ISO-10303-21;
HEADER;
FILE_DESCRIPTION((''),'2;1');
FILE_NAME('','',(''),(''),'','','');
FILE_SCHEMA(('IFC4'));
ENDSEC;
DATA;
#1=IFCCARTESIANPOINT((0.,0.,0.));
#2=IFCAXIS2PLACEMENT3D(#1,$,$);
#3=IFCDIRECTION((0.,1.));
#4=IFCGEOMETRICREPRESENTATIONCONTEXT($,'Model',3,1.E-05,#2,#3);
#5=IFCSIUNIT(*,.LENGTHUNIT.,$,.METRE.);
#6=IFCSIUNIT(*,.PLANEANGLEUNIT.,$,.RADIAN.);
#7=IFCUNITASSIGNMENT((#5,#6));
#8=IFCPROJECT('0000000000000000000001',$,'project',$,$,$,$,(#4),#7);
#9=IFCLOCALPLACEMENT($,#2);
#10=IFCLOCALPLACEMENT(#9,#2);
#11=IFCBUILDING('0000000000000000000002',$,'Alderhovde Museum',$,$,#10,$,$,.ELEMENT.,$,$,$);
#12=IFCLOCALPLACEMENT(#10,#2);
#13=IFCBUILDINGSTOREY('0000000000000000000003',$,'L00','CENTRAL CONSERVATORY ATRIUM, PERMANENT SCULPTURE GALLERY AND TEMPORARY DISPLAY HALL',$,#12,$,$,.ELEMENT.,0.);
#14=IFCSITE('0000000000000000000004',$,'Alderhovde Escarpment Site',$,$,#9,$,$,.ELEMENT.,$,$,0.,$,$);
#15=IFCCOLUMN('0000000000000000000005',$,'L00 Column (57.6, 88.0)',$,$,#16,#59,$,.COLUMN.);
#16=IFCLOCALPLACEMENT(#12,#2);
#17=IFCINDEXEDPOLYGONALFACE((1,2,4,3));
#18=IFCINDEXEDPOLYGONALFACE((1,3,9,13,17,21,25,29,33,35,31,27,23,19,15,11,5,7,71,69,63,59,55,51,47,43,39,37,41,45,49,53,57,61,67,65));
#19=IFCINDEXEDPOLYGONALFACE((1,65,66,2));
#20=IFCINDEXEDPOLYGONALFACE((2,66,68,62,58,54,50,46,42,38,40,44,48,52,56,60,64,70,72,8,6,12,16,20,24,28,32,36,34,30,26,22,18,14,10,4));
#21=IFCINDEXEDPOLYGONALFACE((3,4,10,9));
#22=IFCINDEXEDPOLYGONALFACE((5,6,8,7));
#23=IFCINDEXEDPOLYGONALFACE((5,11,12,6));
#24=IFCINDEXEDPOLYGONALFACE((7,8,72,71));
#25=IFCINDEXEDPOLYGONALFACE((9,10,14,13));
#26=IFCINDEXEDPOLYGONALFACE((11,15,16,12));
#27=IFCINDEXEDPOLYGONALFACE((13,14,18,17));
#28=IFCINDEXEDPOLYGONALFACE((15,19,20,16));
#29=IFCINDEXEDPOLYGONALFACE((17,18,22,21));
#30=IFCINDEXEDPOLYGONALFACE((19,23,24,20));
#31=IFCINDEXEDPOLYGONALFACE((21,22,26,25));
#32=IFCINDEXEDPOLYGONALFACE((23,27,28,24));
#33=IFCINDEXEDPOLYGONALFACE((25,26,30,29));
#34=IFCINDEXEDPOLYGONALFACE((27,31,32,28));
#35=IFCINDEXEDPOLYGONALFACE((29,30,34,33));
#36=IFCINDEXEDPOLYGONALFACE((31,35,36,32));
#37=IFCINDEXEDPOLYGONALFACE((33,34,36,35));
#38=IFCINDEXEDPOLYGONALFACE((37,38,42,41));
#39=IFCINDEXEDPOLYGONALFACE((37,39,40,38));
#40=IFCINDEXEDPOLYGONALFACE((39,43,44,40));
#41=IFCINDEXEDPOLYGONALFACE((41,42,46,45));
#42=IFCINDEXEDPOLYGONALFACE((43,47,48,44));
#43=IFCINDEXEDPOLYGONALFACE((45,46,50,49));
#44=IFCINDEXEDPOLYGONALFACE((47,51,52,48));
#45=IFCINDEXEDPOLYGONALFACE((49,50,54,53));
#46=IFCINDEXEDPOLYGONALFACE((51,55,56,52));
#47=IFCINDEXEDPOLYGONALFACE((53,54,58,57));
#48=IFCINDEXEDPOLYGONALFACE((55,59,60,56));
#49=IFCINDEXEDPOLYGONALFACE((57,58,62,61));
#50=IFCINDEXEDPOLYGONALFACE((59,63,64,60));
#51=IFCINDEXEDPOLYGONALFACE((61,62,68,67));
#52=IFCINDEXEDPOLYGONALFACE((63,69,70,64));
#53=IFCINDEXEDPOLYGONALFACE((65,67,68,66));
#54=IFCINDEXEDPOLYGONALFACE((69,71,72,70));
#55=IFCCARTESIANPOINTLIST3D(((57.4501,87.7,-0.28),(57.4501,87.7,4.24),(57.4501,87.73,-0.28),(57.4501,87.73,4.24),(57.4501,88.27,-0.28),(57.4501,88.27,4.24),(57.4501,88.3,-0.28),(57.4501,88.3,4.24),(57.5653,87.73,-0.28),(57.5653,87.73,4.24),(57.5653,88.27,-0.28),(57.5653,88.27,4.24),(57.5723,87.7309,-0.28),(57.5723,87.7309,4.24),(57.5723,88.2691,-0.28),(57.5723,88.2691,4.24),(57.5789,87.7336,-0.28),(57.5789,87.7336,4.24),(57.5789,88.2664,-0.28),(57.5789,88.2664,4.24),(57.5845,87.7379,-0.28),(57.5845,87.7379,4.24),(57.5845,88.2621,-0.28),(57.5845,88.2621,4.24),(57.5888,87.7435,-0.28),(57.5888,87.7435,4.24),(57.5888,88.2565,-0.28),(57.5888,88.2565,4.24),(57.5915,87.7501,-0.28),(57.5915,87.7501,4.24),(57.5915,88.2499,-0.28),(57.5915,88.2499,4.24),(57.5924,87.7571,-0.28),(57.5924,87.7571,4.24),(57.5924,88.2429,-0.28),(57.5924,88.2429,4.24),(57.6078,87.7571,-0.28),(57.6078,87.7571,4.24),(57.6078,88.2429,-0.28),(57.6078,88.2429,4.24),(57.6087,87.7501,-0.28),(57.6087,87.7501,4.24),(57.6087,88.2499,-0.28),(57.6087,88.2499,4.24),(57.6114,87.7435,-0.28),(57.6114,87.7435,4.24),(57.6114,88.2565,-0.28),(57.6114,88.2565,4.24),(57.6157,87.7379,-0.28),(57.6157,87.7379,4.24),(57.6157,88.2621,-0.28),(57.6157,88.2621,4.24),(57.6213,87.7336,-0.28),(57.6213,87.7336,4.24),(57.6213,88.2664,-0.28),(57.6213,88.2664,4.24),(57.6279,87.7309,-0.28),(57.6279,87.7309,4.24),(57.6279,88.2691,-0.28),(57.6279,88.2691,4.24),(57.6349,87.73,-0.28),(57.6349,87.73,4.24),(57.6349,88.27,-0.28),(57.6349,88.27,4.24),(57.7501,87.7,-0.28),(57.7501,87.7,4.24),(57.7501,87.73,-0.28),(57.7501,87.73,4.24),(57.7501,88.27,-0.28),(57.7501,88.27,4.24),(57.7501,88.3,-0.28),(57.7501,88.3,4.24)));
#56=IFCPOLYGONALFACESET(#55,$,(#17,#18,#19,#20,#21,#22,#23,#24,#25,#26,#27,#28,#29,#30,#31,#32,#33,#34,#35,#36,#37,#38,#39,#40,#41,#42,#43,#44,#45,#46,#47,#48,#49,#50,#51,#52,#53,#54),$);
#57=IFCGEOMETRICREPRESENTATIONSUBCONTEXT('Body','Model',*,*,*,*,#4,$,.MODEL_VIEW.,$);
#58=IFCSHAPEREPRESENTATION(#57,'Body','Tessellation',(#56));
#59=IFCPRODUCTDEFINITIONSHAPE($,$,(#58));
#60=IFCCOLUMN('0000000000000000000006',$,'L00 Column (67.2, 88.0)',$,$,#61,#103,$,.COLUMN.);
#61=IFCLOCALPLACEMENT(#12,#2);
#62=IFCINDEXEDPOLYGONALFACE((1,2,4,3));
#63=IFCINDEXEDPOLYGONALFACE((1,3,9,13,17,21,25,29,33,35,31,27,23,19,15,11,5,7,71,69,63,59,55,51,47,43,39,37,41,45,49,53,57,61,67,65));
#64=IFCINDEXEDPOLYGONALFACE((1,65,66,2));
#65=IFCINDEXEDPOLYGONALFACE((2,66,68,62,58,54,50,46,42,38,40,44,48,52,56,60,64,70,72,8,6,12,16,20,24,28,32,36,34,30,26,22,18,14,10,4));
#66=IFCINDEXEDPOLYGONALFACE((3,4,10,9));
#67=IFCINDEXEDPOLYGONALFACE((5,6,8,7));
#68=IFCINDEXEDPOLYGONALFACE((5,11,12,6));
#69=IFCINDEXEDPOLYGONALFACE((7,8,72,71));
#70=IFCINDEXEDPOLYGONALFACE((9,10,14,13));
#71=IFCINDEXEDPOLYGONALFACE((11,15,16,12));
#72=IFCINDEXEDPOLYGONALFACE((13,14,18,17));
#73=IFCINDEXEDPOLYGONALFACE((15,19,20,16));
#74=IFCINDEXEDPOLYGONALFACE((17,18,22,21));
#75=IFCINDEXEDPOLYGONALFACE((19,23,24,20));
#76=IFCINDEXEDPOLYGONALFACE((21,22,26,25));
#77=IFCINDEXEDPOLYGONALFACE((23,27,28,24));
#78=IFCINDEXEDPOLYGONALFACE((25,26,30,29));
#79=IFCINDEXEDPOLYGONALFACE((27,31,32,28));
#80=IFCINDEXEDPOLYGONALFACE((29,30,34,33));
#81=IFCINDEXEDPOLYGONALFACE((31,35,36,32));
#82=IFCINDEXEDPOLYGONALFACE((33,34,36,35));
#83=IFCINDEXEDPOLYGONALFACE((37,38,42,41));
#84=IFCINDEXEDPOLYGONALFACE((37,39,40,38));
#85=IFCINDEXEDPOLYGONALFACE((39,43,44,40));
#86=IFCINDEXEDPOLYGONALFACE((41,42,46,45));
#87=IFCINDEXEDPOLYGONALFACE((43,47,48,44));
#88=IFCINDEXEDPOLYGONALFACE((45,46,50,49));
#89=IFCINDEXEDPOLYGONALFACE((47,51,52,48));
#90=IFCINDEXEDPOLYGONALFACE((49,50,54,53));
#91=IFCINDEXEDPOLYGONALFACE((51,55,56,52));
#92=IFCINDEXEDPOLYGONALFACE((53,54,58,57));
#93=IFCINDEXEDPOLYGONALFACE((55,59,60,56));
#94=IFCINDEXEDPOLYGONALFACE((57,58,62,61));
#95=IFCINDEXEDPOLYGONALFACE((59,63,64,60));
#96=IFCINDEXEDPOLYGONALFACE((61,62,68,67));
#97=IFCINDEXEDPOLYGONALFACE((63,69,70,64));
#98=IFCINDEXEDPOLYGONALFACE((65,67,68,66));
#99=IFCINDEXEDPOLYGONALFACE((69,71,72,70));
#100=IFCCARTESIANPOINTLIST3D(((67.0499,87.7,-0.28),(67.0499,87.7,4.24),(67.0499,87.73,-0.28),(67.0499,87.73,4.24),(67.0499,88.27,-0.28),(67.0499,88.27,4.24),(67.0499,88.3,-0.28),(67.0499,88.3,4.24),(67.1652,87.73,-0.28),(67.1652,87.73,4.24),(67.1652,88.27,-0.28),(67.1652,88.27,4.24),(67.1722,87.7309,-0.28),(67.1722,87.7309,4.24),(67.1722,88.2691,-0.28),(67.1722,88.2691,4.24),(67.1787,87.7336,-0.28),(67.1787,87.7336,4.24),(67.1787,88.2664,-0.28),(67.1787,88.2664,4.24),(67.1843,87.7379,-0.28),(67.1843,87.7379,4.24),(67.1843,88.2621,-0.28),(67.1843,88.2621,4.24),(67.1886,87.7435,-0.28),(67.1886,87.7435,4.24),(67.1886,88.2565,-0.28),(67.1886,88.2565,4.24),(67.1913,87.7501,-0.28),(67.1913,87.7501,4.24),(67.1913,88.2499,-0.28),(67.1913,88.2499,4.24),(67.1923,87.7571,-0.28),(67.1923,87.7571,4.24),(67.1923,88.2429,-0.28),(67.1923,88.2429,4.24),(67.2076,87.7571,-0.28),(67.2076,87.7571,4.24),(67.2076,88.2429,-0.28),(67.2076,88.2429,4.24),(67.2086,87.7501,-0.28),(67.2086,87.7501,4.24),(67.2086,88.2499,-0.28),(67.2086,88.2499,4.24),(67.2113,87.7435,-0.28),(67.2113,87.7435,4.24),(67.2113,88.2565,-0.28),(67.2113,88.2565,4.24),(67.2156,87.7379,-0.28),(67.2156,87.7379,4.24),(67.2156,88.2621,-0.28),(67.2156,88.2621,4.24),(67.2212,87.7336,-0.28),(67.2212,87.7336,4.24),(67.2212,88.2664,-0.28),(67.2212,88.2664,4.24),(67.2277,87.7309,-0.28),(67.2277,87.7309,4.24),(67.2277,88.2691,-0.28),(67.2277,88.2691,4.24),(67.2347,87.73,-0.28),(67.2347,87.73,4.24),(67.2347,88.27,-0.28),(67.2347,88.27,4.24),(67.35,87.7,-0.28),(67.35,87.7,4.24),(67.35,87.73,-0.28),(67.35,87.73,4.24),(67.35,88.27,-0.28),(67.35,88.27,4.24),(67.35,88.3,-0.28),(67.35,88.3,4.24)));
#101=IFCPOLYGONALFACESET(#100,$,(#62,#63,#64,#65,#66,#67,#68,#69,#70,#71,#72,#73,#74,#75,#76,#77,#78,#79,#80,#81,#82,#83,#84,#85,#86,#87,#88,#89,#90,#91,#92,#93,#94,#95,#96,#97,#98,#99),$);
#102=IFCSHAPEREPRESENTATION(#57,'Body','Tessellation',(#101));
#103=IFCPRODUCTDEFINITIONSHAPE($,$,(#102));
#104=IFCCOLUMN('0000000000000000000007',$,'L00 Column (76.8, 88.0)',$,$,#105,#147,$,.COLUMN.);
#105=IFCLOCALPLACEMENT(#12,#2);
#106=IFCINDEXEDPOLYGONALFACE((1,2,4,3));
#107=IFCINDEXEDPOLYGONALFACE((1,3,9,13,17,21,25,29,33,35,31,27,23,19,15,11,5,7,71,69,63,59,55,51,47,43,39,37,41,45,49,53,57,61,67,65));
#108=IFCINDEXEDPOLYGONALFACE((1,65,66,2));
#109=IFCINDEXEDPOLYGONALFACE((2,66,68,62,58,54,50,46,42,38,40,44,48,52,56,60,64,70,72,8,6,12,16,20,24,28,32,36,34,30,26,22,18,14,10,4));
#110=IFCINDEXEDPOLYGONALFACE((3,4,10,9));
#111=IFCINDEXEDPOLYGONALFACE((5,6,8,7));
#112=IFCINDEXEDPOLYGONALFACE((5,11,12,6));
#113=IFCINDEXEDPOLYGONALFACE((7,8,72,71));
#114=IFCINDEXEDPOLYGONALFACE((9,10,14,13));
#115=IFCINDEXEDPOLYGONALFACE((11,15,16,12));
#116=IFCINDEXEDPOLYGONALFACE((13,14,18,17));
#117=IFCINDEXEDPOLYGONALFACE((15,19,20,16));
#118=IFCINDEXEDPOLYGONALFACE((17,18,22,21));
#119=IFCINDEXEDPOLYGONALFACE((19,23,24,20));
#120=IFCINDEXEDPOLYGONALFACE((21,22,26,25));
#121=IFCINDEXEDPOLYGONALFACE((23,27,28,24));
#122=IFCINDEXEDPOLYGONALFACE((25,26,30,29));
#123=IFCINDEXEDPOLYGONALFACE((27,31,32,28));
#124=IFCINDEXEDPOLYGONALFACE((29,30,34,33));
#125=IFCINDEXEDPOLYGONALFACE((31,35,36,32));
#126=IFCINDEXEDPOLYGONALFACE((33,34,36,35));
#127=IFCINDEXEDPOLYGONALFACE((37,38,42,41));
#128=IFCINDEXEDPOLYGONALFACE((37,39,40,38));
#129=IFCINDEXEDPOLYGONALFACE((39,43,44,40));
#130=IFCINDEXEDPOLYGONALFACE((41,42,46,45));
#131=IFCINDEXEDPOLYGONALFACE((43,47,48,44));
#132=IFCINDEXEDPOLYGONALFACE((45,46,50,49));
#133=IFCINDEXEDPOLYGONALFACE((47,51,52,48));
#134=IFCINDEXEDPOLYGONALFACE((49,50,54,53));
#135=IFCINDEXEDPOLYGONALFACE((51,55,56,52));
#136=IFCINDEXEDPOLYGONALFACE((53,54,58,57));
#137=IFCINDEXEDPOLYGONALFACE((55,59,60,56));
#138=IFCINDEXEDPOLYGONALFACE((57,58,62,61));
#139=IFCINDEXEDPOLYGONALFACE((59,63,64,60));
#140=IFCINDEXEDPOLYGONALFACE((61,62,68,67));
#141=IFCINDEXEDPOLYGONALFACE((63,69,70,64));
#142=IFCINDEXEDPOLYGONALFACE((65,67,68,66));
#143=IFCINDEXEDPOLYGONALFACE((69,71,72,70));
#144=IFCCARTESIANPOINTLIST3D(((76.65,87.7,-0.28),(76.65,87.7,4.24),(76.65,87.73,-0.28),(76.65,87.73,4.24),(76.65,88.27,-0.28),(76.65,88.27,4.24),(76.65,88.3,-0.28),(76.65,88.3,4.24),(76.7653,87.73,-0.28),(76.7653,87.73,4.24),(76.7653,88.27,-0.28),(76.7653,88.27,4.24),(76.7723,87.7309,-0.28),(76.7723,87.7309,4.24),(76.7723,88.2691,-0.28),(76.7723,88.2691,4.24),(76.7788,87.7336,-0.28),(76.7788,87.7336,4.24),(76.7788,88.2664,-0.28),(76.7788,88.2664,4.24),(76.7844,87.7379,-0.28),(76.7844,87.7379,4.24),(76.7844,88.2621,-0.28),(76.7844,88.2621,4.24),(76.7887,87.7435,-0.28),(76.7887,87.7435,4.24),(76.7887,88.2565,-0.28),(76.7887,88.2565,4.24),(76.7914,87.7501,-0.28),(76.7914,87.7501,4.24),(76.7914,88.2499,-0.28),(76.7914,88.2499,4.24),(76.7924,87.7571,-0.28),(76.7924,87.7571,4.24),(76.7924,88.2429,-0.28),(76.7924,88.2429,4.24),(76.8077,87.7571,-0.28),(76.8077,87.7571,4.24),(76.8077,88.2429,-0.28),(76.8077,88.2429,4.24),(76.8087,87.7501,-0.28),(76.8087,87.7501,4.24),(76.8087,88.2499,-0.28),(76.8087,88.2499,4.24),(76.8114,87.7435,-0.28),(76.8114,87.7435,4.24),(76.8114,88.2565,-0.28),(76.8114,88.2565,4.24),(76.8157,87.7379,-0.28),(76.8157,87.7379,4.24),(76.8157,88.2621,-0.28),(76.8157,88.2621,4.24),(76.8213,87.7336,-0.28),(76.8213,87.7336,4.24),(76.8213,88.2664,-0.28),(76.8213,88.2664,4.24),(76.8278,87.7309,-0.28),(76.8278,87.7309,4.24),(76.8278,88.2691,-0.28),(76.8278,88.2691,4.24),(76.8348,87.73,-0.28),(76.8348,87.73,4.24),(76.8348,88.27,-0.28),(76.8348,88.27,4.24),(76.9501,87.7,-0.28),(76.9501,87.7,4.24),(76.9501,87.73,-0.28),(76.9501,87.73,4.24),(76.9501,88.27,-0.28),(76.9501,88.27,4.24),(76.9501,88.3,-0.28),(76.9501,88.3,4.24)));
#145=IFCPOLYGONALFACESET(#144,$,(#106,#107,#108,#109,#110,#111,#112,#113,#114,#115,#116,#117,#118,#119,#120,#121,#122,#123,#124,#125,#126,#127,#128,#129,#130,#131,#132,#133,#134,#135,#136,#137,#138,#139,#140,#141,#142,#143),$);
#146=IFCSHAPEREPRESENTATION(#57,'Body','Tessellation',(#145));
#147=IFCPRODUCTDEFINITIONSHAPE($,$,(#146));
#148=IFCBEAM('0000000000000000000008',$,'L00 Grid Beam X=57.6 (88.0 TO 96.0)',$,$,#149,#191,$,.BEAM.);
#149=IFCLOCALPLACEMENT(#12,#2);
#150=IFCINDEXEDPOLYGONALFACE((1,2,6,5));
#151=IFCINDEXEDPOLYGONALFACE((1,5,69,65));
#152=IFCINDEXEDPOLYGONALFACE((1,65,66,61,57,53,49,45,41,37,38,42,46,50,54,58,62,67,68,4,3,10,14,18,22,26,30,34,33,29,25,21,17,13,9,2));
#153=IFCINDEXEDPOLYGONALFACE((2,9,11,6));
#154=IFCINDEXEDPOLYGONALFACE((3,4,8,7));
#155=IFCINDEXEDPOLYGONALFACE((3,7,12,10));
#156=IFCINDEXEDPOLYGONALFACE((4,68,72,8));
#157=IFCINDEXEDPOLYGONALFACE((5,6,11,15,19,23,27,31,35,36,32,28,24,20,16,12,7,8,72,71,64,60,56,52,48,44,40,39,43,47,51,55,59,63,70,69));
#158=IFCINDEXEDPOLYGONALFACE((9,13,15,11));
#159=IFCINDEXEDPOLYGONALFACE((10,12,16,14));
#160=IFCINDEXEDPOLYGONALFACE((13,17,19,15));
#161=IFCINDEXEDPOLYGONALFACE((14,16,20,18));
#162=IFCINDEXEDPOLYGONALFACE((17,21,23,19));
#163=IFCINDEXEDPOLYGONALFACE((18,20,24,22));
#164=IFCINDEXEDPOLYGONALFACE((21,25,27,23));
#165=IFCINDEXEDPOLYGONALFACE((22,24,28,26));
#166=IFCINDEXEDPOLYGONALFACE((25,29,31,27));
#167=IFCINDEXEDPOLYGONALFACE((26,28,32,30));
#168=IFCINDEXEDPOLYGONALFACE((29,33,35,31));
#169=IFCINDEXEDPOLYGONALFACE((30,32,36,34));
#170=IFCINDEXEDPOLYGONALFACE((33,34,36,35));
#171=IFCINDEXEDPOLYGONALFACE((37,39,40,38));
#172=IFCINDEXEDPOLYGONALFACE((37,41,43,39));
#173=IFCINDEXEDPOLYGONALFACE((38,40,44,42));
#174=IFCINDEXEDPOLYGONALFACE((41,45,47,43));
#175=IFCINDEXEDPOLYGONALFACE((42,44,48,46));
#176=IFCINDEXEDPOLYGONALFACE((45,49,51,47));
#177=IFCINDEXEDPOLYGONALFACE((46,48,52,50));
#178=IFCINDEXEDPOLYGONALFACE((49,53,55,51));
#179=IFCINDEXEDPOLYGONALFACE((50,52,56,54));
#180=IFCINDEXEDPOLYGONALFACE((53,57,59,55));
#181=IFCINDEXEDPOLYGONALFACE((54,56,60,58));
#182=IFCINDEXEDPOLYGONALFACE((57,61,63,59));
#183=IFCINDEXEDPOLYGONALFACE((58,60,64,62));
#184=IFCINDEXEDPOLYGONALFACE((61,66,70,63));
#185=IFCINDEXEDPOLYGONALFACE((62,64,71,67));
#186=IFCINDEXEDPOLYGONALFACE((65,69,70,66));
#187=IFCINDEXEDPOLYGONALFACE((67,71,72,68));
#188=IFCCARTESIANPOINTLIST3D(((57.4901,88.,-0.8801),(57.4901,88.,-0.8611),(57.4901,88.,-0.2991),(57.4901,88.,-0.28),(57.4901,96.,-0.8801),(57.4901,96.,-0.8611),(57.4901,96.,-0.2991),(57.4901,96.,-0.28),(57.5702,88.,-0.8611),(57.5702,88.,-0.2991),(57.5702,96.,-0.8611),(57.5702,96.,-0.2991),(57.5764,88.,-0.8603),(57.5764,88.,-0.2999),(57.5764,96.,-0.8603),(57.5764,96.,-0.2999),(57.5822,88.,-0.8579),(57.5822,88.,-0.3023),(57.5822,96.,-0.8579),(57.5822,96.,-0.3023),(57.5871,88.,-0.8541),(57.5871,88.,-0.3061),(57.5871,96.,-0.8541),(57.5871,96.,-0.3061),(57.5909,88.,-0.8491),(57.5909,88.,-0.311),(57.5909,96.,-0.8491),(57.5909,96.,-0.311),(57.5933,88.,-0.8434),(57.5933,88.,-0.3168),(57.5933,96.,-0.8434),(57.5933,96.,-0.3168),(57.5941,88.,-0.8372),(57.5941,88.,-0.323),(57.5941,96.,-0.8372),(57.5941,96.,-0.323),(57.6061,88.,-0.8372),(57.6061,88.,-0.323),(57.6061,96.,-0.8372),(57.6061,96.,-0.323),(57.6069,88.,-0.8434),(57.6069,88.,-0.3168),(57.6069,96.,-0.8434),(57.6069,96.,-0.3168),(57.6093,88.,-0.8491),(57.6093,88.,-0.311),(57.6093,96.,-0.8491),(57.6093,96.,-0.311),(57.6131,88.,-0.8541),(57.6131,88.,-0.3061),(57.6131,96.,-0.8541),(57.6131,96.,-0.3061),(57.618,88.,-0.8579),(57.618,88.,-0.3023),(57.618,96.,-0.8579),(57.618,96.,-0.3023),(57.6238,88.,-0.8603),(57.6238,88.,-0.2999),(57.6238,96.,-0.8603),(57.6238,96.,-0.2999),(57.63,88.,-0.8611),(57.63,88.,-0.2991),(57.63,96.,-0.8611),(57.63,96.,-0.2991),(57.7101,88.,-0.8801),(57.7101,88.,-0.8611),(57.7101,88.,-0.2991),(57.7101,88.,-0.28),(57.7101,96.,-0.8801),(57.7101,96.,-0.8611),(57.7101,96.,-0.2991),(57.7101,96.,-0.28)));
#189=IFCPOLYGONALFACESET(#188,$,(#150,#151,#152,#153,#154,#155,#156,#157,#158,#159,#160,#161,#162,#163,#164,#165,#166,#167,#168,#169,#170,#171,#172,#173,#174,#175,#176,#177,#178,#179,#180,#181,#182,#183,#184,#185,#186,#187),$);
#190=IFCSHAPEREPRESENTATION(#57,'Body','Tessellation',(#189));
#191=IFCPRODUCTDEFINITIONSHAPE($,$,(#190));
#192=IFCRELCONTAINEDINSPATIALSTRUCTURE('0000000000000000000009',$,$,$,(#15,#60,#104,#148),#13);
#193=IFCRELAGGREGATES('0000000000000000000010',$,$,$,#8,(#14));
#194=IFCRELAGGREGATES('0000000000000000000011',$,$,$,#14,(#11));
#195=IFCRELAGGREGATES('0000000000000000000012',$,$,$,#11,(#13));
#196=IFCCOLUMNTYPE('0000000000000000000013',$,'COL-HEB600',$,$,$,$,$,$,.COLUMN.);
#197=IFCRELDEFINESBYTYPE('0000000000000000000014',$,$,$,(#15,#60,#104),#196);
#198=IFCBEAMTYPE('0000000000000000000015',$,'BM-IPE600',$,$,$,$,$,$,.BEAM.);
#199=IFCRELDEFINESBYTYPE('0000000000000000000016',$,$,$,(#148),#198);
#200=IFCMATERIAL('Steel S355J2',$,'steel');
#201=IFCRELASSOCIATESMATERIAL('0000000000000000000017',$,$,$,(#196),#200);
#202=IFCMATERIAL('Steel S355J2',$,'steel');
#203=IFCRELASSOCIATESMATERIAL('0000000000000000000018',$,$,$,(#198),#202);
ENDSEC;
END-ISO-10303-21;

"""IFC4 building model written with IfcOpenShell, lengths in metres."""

from ifc_helpers import new_model, si_unit, direction, frame, origin, origin_2d, place, context, subcontext, project, spatial, i_section, extrude, material, material_profile, profile_set, type_object, element, save


model = new_model("IFC4")

# Units and contexts
model_context = context("Model", 3, precision=1e-05, world=origin(), true_north=direction((0.0, 1.0)))
body_context = subcontext(model_context, "Body", "Model", "MODEL_VIEW")
ifc_project = project(units=[si_unit("LENGTHUNIT", "METRE"), si_unit("PLANEANGLEUNIT", "RADIAN")], contexts=[model_context])

# Site, building, storey
site_placement = place(None, origin())
site = spatial("IfcSite", under=ifc_project, at=site_placement, Name="Alderhovde Escarpment Site", CompositionType="ELEMENT", RefElevation=0.0)
building_placement = place(site_placement, origin())
building = spatial("IfcBuilding", under=site, at=building_placement, Name="Alderhovde Museum", CompositionType="ELEMENT")
storey_placement = place(building_placement, origin())
storey = spatial("IfcBuildingStorey", under=building, at=storey_placement, Name="L00", Description="CENTRAL CONSERVATORY ATRIUM, PERMANENT SCULPTURE GALLERY AND TEMPORARY DISPLAY HALL", CompositionType="ELEMENT", Elevation=0.0)

# Columns
ifc_material_1 = material(Name="Steel S355J2", Category="steel")
ifc_material_profile_1 = material_profile(ifc_material_1, i_section(OverallWidth=0.3, OverallDepth=0.6001, WebThickness=0.0154, FlangeThickness=0.03, FilletRadius=0.0271, at=origin_2d()), Name="HEB 600")
ifc_profile_set_1 = profile_set([ifc_material_profile_1], Name="Steel S355J2")
column_type = type_object("IfcColumnType", Name="COL-HEB600", PredefinedType="COLUMN", material=ifc_profile_set_1)
for number, where, z_axis, x_axis, name in (
    (1, (57.6001, 88.0, -0.28), (0.0, 0.0, 1.0), (1.0, 0.0, 0.0), "L00 Column (57.6, 88.0)"),
    (2, (67.2, 88.0, -0.28), (0.0, 0.0, 1.0), (1.0, 0.0, 0.0), "L00 Column (67.2, 88.0)"),
    (3, (76.8, 88.0, -0.28), (0.0, 0.0, 1.0), (1.0, 0.0, 0.0), "L00 Column (76.8, 88.0)"),
):
    element("IfcColumn", number, at=place(storey_placement, frame(where, z_axis=z_axis, x_axis=x_axis)), inside=storey, type_object=column_type, Name=name, PredefinedType="COLUMN", context=body_context, shape_type="SweptSolid", body=[
        extrude(i_section(OverallWidth=0.3, OverallDepth=0.6001, WebThickness=0.0154, FlangeThickness=0.03, FilletRadius=0.0271, at=origin_2d()), origin(), (0.0, 0.0, 1.0), 4.52),
    ])

# Beam
ifc_material_2 = material(Name="Steel S355J2", Category="steel")
ifc_material_profile_2 = material_profile(ifc_material_2, i_section(OverallWidth=0.22, OverallDepth=0.6001, WebThickness=0.012, FlangeThickness=0.019, FilletRadius=0.0239, at=origin_2d()), Name="IPE 600")
ifc_profile_set_2 = profile_set([ifc_material_profile_2], Name="Steel S355J2")
beam_type_1 = type_object("IfcBeamType", Name="BM-IPE600", PredefinedType="BEAM", material=ifc_profile_set_2)
beam_1_placement = place(storey_placement, frame((57.6001, 88.0, -0.5801), z_axis=(0.0, 1.0, 0.0), x_axis=(-1.0, 0.0, 0.0)))
element("IfcBeam", 4, at=beam_1_placement, inside=storey, type_object=beam_type_1, Name="L00 Grid Beam X=57.6 (88.0 TO 96.0)", PredefinedType="BEAM", context=body_context, shape_type="SweptSolid", body=[
    extrude(i_section(OverallWidth=0.22, OverallDepth=0.6001, WebThickness=0.012, FlangeThickness=0.019, FilletRadius=0.0239, at=origin_2d()), origin(), (0.0, 0.0, 1.0), 8.0),
])

save(model, "model.ifc")
